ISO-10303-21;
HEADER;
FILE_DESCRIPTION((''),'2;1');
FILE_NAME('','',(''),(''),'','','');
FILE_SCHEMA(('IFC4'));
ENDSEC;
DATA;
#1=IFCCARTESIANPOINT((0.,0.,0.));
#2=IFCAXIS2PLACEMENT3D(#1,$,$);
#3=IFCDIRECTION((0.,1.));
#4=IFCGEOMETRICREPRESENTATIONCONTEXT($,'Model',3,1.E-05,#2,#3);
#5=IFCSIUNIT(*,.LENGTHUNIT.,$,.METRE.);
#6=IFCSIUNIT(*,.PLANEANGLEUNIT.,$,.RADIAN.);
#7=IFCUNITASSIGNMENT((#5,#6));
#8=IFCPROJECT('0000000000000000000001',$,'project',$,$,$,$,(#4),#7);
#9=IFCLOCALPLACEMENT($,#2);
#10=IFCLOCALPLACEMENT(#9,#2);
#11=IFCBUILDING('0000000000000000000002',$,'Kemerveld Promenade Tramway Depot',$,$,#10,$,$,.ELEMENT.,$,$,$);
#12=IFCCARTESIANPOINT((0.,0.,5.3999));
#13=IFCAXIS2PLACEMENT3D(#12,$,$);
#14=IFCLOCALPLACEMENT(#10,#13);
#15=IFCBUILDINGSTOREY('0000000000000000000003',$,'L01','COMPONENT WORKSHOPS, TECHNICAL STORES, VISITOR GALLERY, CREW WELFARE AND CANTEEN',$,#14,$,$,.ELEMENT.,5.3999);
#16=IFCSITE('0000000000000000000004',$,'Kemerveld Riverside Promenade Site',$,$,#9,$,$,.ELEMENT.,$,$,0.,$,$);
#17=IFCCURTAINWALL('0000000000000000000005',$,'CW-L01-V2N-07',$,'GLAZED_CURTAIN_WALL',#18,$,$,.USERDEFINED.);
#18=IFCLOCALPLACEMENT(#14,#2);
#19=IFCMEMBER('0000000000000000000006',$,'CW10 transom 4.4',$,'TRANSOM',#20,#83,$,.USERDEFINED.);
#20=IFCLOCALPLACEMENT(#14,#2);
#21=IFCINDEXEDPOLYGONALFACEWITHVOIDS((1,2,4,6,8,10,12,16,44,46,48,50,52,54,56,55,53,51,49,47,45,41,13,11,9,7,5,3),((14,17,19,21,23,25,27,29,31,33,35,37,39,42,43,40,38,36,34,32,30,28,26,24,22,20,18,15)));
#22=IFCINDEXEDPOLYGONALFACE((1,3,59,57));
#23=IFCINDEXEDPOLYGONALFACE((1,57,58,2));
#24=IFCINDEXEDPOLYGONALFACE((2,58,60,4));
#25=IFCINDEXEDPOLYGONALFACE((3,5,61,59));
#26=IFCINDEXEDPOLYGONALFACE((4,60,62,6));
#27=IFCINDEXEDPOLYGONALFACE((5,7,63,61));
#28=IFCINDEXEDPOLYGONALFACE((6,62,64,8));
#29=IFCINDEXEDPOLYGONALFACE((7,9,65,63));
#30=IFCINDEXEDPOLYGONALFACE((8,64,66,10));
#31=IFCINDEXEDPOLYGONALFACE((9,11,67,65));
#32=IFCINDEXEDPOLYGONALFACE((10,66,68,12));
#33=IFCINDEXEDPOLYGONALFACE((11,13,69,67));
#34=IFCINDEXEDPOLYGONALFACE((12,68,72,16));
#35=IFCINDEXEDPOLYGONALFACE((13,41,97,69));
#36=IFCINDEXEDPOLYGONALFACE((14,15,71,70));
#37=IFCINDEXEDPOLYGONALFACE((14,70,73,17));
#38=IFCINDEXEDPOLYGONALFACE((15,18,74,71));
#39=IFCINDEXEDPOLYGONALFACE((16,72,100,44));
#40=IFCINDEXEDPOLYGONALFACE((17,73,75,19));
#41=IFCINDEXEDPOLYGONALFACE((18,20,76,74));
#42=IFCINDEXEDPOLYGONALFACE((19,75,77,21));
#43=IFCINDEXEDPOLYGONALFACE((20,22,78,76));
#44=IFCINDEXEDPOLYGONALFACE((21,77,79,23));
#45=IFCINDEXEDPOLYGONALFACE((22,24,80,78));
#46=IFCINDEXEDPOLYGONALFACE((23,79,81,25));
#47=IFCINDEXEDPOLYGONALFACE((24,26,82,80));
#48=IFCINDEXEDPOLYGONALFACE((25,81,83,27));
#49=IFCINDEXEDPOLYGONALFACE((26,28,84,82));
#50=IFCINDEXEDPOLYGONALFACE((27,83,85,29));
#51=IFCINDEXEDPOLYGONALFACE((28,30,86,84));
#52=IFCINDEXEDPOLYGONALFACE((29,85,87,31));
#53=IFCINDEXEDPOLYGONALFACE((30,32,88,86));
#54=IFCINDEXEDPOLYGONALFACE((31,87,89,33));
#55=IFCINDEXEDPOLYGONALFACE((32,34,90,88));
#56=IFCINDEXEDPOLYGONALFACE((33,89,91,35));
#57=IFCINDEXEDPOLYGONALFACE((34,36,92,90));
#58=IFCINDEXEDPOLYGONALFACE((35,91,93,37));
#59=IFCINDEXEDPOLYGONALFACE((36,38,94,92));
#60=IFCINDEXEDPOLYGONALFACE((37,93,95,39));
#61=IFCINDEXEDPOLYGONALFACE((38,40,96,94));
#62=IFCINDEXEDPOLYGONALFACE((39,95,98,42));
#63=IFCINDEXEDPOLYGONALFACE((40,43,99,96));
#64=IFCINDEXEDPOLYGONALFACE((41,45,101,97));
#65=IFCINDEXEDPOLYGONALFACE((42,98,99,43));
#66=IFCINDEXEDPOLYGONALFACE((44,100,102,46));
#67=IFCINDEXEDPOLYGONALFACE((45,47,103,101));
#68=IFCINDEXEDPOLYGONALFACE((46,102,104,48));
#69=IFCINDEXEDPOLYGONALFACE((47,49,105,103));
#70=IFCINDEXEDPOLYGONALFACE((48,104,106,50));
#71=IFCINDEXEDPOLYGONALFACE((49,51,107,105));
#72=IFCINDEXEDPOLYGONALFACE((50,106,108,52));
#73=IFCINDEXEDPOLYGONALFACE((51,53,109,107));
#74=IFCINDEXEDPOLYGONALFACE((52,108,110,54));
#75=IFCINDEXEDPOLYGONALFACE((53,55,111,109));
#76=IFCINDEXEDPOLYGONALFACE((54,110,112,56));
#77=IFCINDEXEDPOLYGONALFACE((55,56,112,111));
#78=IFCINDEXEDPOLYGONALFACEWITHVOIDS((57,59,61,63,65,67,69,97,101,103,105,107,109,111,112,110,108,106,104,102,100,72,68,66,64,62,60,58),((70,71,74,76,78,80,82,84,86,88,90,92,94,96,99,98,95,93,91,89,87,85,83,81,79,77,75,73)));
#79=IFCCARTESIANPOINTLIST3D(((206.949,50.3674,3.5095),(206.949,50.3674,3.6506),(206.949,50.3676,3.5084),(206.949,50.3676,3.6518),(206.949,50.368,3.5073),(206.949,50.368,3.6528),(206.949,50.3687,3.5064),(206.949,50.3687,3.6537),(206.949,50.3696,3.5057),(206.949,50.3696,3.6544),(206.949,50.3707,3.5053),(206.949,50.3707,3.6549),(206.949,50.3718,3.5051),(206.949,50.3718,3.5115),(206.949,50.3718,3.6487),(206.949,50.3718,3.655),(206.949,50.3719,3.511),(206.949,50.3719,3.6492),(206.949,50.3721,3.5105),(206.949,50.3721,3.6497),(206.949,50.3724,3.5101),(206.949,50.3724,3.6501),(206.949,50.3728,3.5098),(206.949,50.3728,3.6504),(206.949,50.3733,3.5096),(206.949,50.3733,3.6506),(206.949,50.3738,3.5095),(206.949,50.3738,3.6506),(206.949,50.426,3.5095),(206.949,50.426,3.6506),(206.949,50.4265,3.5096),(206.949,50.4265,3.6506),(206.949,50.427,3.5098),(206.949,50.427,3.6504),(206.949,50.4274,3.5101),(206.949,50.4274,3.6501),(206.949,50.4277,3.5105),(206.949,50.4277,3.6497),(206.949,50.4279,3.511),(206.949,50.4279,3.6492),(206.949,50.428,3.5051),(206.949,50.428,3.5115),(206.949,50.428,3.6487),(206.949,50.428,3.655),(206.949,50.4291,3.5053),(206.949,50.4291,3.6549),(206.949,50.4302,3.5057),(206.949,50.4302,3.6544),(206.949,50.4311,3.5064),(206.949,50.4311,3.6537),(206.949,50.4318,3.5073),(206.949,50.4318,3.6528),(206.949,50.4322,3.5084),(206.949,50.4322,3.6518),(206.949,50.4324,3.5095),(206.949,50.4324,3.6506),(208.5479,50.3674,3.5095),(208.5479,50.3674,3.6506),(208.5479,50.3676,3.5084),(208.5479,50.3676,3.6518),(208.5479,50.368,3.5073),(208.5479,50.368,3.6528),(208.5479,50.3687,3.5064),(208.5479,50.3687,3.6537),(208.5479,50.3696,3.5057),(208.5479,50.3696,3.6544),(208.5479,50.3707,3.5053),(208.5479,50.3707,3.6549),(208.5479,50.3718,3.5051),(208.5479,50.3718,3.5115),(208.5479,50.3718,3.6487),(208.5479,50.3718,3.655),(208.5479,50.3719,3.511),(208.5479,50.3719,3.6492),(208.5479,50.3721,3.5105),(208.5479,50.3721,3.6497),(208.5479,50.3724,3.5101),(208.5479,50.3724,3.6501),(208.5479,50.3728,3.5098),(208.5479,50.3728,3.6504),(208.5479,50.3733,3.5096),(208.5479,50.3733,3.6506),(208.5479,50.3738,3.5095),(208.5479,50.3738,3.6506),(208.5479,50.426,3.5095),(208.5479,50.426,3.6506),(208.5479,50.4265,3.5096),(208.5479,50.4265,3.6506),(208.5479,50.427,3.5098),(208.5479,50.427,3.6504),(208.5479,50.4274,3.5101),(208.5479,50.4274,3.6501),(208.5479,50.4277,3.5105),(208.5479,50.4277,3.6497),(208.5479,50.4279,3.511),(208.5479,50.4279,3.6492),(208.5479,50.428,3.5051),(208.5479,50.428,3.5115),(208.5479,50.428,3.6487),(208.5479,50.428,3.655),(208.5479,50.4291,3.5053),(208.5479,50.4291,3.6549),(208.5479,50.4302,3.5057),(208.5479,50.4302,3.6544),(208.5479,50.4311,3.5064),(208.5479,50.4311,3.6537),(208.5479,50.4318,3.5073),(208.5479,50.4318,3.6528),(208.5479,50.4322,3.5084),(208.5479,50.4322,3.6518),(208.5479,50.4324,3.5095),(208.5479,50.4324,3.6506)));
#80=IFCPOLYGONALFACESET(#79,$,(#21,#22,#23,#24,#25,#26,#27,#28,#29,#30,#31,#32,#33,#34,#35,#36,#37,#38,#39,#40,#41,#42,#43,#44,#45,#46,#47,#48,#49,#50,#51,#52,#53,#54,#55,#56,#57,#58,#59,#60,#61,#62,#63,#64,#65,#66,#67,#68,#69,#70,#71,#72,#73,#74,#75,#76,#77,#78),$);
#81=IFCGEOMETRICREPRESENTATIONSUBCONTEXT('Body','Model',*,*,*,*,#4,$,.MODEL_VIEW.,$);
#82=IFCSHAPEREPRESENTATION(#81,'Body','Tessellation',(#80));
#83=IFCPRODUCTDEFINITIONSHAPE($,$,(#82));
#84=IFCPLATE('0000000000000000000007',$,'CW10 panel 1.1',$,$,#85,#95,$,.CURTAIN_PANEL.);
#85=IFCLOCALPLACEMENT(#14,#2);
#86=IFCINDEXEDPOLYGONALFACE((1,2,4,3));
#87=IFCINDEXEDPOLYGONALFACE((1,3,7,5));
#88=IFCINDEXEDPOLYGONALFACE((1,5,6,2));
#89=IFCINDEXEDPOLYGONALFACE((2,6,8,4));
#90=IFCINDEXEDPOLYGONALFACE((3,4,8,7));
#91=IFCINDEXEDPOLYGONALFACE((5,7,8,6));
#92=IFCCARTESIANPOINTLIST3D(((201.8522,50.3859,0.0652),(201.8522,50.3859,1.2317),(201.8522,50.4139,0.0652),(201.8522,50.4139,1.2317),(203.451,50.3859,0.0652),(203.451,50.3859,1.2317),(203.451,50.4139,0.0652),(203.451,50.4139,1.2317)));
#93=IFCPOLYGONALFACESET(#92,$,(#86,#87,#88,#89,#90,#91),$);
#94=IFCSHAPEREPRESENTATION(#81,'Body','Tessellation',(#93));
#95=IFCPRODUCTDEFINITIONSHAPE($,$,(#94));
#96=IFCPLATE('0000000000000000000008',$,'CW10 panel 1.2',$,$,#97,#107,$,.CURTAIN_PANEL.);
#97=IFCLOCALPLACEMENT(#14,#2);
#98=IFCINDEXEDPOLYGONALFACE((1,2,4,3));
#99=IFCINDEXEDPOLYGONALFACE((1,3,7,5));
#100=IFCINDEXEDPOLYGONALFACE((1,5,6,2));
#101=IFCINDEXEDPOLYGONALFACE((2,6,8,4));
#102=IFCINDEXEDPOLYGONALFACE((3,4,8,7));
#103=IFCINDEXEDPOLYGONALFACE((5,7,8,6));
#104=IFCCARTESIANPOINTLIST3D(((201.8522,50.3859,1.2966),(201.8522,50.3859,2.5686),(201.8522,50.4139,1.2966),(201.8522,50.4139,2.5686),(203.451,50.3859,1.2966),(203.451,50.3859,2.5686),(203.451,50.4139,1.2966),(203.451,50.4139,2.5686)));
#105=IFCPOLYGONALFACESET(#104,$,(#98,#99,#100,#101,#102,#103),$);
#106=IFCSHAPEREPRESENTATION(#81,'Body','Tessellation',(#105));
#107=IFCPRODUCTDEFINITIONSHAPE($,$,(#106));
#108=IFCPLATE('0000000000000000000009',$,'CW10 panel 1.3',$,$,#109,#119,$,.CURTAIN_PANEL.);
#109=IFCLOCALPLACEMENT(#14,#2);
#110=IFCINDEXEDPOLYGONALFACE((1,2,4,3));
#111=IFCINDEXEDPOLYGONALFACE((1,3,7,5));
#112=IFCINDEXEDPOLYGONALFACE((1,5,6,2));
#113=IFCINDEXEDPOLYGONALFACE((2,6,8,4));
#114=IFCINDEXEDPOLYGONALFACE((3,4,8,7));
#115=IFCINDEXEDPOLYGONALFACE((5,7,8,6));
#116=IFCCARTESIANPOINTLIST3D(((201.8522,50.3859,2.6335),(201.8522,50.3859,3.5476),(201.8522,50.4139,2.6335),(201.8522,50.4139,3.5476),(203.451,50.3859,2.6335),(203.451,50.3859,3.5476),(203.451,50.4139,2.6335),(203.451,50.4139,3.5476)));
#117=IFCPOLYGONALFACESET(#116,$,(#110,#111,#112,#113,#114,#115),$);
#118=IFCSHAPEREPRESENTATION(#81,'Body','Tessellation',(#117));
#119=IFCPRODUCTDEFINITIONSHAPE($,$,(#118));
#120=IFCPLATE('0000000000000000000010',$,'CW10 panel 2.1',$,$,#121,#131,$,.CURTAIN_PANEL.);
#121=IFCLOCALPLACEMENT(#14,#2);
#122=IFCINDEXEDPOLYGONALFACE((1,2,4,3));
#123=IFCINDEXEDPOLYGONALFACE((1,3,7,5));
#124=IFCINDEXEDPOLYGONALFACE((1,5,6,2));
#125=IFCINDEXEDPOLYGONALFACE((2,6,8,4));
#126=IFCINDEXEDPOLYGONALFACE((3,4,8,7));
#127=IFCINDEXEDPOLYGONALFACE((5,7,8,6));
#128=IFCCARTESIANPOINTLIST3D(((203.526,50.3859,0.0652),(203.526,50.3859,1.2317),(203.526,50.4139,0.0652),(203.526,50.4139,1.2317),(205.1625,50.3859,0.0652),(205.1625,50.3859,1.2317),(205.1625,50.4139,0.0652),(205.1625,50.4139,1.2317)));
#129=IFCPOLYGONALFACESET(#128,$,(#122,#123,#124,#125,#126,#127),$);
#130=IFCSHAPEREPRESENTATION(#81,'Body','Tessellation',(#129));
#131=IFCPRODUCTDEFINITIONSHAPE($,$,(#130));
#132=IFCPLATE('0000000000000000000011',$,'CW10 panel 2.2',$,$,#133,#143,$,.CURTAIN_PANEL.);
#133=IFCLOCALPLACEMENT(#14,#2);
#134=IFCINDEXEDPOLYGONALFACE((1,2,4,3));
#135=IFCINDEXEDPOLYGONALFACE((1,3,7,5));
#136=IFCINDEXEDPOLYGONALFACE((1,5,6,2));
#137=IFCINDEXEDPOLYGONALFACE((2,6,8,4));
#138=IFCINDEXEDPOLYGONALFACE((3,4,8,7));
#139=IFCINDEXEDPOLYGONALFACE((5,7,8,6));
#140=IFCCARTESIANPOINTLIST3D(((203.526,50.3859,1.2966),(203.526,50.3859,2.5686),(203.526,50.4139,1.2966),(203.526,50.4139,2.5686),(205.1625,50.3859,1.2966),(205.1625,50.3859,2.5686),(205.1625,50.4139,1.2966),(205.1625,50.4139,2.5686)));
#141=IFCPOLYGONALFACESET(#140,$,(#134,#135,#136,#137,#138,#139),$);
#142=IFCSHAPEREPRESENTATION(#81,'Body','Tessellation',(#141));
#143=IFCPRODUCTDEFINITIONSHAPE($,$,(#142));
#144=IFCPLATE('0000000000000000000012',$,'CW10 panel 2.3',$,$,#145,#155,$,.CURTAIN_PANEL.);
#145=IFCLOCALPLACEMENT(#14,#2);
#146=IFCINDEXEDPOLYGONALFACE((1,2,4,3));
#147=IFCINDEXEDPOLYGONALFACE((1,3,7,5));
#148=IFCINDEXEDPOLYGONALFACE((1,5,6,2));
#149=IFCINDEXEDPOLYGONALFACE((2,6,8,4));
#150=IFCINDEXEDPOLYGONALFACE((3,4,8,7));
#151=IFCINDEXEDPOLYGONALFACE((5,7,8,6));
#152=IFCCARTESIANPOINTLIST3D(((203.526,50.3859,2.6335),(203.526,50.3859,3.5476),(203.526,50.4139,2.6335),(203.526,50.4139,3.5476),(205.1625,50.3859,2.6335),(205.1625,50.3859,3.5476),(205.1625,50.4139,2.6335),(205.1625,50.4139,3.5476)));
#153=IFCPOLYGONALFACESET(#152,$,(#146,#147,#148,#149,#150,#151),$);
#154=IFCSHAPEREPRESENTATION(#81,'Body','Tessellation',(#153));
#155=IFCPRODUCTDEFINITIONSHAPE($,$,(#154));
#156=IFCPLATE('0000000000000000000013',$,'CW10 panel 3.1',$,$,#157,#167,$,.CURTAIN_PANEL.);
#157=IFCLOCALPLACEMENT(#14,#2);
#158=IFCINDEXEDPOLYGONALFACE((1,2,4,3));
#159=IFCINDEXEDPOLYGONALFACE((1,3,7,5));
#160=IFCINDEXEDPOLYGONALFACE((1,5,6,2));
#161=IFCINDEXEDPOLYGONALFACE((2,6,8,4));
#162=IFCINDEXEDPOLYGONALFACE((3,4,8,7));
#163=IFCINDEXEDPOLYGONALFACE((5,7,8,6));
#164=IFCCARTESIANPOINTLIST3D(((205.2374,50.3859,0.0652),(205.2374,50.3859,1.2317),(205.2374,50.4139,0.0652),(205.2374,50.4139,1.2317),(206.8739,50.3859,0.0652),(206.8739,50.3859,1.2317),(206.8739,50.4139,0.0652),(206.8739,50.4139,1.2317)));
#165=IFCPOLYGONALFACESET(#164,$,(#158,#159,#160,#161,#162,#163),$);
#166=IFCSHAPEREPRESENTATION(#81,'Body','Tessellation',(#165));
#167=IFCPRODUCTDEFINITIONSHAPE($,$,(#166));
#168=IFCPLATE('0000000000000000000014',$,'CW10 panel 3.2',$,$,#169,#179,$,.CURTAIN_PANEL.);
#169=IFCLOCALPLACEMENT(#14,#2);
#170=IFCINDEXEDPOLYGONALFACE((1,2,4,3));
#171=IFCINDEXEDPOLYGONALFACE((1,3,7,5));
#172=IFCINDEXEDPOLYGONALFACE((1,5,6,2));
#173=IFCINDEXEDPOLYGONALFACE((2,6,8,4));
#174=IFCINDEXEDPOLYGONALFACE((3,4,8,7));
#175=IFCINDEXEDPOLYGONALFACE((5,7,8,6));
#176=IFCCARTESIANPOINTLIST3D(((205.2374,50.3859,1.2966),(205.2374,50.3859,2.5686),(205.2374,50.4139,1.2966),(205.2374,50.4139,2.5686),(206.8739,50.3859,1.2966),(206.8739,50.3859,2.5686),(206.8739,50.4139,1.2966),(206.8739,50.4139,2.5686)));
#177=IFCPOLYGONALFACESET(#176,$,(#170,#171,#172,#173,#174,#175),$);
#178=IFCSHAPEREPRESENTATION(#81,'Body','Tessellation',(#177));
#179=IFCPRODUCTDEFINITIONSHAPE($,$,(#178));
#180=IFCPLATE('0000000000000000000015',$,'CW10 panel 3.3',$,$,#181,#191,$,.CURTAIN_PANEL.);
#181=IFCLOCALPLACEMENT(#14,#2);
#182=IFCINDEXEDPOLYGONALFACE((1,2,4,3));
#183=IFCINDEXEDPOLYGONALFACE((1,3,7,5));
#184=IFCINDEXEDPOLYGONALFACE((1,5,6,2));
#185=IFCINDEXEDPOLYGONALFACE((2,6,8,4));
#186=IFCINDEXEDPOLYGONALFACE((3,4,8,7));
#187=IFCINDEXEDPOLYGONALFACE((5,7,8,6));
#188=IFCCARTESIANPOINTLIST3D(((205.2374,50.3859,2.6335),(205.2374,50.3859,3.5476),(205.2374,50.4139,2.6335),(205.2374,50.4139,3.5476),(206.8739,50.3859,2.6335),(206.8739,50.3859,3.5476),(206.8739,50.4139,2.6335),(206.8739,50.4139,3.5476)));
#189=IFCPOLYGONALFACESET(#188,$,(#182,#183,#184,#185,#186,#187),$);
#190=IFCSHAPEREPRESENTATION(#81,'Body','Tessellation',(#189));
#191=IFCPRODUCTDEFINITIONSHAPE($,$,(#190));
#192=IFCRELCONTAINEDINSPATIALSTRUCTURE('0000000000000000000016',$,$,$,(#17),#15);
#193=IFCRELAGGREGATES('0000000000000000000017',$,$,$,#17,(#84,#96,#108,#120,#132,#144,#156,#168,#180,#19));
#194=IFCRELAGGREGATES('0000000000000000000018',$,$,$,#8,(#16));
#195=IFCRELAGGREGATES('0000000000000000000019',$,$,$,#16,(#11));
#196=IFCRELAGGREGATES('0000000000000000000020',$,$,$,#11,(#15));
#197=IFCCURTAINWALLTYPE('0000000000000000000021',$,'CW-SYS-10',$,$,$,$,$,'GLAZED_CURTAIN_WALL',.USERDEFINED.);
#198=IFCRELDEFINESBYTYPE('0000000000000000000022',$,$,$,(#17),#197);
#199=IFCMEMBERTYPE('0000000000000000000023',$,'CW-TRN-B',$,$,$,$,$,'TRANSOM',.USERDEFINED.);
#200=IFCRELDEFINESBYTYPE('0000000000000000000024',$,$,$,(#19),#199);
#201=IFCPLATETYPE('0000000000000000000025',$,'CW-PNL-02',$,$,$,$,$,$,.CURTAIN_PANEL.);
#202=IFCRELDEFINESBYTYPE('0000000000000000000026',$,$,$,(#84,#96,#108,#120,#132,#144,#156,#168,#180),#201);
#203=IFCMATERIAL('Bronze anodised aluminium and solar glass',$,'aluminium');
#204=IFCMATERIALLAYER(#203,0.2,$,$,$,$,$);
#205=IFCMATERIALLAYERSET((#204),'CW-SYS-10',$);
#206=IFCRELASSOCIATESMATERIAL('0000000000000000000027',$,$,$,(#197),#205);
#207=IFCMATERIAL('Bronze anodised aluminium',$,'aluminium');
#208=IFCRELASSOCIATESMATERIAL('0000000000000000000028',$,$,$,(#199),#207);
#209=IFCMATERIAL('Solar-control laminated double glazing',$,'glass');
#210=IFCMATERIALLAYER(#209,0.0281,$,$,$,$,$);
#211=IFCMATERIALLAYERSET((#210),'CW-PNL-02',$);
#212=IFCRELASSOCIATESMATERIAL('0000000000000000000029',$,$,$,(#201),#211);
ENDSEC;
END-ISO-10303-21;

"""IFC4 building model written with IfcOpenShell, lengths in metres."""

from ifc_helpers import new_model, si_unit, direction, frame, origin, origin_2d, place, context, subcontext, project, spatial, rectangle, hollow_rectangle, extrude, material, layer, layer_set, material_profile, profile_set, type_object, element, aggregate, save


model = new_model("IFC4")

# Units and contexts
model_context = context("Model", 3, precision=1e-05, world=origin(), true_north=direction((0.0, 1.0)))
body_context = subcontext(model_context, "Body", "Model", "MODEL_VIEW")
ifc_project = project(units=[si_unit("LENGTHUNIT", "METRE"), si_unit("PLANEANGLEUNIT", "RADIAN")], contexts=[model_context])

# Site, building, storey
site_placement = place(None, origin())
site = spatial("IfcSite", under=ifc_project, at=site_placement, Name="Kemerveld Riverside Promenade Site", CompositionType="ELEMENT", RefElevation=0.0)
building_placement = place(site_placement, origin())
building = spatial("IfcBuilding", under=site, at=building_placement, Name="Kemerveld Promenade Tramway Depot", CompositionType="ELEMENT")
storey_placement = place(building_placement, frame((0.0, 0.0, 5.3999)))
storey = spatial("IfcBuildingStorey", under=building, at=storey_placement, Name="L01", Description="COMPONENT WORKSHOPS, TECHNICAL STORES, VISITOR GALLERY, CREW WELFARE AND CANTEEN", CompositionType="ELEMENT", Elevation=5.3999)

# Curtain wall, member, plates
ifc_material_1 = material(Name="Bronze anodised aluminium and solar glass", Category="aluminium")
ifc_layer_1 = layer(ifc_material_1, 0.2)
ifc_layer_set_1 = layer_set([ifc_layer_1], Name="CW-SYS-10")
curtain_wall_type = type_object("IfcCurtainWallType", Name="CW-SYS-10", ElementType="GLAZED_CURTAIN_WALL", PredefinedType="USERDEFINED", material=ifc_layer_set_1)
curtain_wall_placement = place(storey_placement, origin())
curtain_wall = element("IfcCurtainWall", 1, at=curtain_wall_placement, inside=storey, type_object=curtain_wall_type, Name="CW-L01-V2N-07", ObjectType="GLAZED_CURTAIN_WALL", PredefinedType="USERDEFINED")
ifc_material_2 = material(Name="Bronze anodised aluminium", Category="aluminium")
ifc_material_profile_1 = material_profile(ifc_material_2, hollow_rectangle(XDim=0.0649, YDim=0.1499, WallThickness=0.0044, InnerFilletRadius=0.002, OuterFilletRadius=0.0044, at=origin_2d()), Name="CW-TRN-150x65")
ifc_profile_set_1 = profile_set([ifc_material_profile_1], Name="Bronze anodised aluminium")
member_type_1 = type_object("IfcMemberType", Name="CW-TRN-B", ElementType="TRANSOM", PredefinedType="USERDEFINED", material=ifc_profile_set_1)
member_1_placement = place(storey_placement, frame((206.949, 50.3999, 3.5801), z_axis=(1.0, 0.0, 0.0), x_axis=(0.0, 1.0, 0.0)))
member_1 = element("IfcMember", 2, at=member_1_placement, type_object=member_type_1, Name="CW10 transom 4.4", ObjectType="TRANSOM", PredefinedType="USERDEFINED", context=body_context, shape_type="SweptSolid", body=[
    extrude(hollow_rectangle(XDim=0.0649, YDim=0.1499, WallThickness=0.0044, InnerFilletRadius=0.002, OuterFilletRadius=0.0044, at=origin_2d()), origin(), (0.0, 0.0, 1.0), 1.5989),
])
ifc_material_3 = material(Name="Solar-control laminated double glazing", Category="glass")
ifc_layer_2 = layer(ifc_material_3, 0.0281)
ifc_layer_set_2 = layer_set([ifc_layer_2], Name="CW-PNL-02")
plate_type = type_object("IfcPlateType", Name="CW-PNL-02", PredefinedType="CURTAIN_PANEL", material=ifc_layer_set_2)
plate_1_placement = place(storey_placement, frame((202.6516, 50.3999, 0.0652), z_axis=(0.0, 0.0, 1.0), x_axis=(1.0, 0.0, 0.0)))
plate_1 = element("IfcPlate", 3, at=plate_1_placement, type_object=plate_type, Name="CW10 panel 1.1", PredefinedType="CURTAIN_PANEL", context=body_context, shape_type="SweptSolid", body=[
    extrude(rectangle(XDim=1.5989, YDim=0.0281, at=origin_2d()), origin(), (0.0, 0.0, 1.0), 1.1665),
])
plate_2_placement = place(storey_placement, frame((202.6516, 50.3999, 1.2966), z_axis=(0.0, 0.0, 1.0), x_axis=(1.0, 0.0, 0.0)))
plate_2 = element("IfcPlate", 4, at=plate_2_placement, type_object=plate_type, Name="CW10 panel 1.2", PredefinedType="CURTAIN_PANEL", context=body_context, shape_type="SweptSolid", body=[
    extrude(rectangle(XDim=1.5989, YDim=0.0281, at=origin_2d()), origin(), (0.0, 0.0, 1.0), 1.272),
])
plate_3_placement = place(storey_placement, frame((202.6516, 50.3999, 2.6335), z_axis=(0.0, 0.0, 1.0), x_axis=(1.0, 0.0, 0.0)))
plate_3 = element("IfcPlate", 5, at=plate_3_placement, type_object=plate_type, Name="CW10 panel 1.3", PredefinedType="CURTAIN_PANEL", context=body_context, shape_type="SweptSolid", body=[
    extrude(rectangle(XDim=1.5989, YDim=0.0281, at=origin_2d()), origin(), (0.0, 0.0, 1.0), 0.9141),
])
plate_4_placement = place(storey_placement, frame((204.3442, 50.3999, 0.0652), z_axis=(0.0, 0.0, 1.0), x_axis=(1.0, 0.0, 0.0)))
plate_4 = element("IfcPlate", 6, at=plate_4_placement, type_object=plate_type, Name="CW10 panel 2.1", PredefinedType="CURTAIN_PANEL", context=body_context, shape_type="SweptSolid", body=[
    extrude(rectangle(XDim=1.6365, YDim=0.0281, at=origin_2d()), origin(), (0.0, 0.0, 1.0), 1.1665),
])
plate_5_placement = place(storey_placement, frame((204.3442, 50.3999, 1.2966), z_axis=(0.0, 0.0, 1.0), x_axis=(1.0, 0.0, 0.0)))
plate_5 = element("IfcPlate", 7, at=plate_5_placement, type_object=plate_type, Name="CW10 panel 2.2", PredefinedType="CURTAIN_PANEL", context=body_context, shape_type="SweptSolid", body=[
    extrude(rectangle(XDim=1.6365, YDim=0.0281, at=origin_2d()), origin(), (0.0, 0.0, 1.0), 1.272),
])
plate_6_placement = place(storey_placement, frame((204.3442, 50.3999, 2.6335), z_axis=(0.0, 0.0, 1.0), x_axis=(1.0, 0.0, 0.0)))
plate_6 = element("IfcPlate", 8, at=plate_6_placement, type_object=plate_type, Name="CW10 panel 2.3", PredefinedType="CURTAIN_PANEL", context=body_context, shape_type="SweptSolid", body=[
    extrude(rectangle(XDim=1.6365, YDim=0.0281, at=origin_2d()), origin(), (0.0, 0.0, 1.0), 0.9141),
])
plate_7_placement = place(storey_placement, frame((206.0557, 50.3999, 0.0652), z_axis=(0.0, 0.0, 1.0), x_axis=(1.0, 0.0, 0.0)))
plate_7 = element("IfcPlate", 9, at=plate_7_placement, type_object=plate_type, Name="CW10 panel 3.1", PredefinedType="CURTAIN_PANEL", context=body_context, shape_type="SweptSolid", body=[
    extrude(rectangle(XDim=1.6365, YDim=0.0281, at=origin_2d()), origin(), (0.0, 0.0, 1.0), 1.1665),
])
plate_8_placement = place(storey_placement, frame((206.0557, 50.3999, 1.2966), z_axis=(0.0, 0.0, 1.0), x_axis=(1.0, 0.0, 0.0)))
plate_8 = element("IfcPlate", 10, at=plate_8_placement, type_object=plate_type, Name="CW10 panel 3.2", PredefinedType="CURTAIN_PANEL", context=body_context, shape_type="SweptSolid", body=[
    extrude(rectangle(XDim=1.6365, YDim=0.0281, at=origin_2d()), origin(), (0.0, 0.0, 1.0), 1.272),
])
plate_9_placement = place(storey_placement, frame((206.0557, 50.3999, 2.6335), z_axis=(0.0, 0.0, 1.0), x_axis=(1.0, 0.0, 0.0)))
plate_9 = element("IfcPlate", 11, at=plate_9_placement, type_object=plate_type, Name="CW10 panel 3.3", PredefinedType="CURTAIN_PANEL", context=body_context, shape_type="SweptSolid", body=[
    extrude(rectangle(XDim=1.6365, YDim=0.0281, at=origin_2d()), origin(), (0.0, 0.0, 1.0), 0.9141),
])
aggregate(curtain_wall, [plate_1, plate_2, plate_3, plate_4, plate_5, plate_6, plate_7, plate_8, plate_9, member_1])

save(model, "model.ifc")
